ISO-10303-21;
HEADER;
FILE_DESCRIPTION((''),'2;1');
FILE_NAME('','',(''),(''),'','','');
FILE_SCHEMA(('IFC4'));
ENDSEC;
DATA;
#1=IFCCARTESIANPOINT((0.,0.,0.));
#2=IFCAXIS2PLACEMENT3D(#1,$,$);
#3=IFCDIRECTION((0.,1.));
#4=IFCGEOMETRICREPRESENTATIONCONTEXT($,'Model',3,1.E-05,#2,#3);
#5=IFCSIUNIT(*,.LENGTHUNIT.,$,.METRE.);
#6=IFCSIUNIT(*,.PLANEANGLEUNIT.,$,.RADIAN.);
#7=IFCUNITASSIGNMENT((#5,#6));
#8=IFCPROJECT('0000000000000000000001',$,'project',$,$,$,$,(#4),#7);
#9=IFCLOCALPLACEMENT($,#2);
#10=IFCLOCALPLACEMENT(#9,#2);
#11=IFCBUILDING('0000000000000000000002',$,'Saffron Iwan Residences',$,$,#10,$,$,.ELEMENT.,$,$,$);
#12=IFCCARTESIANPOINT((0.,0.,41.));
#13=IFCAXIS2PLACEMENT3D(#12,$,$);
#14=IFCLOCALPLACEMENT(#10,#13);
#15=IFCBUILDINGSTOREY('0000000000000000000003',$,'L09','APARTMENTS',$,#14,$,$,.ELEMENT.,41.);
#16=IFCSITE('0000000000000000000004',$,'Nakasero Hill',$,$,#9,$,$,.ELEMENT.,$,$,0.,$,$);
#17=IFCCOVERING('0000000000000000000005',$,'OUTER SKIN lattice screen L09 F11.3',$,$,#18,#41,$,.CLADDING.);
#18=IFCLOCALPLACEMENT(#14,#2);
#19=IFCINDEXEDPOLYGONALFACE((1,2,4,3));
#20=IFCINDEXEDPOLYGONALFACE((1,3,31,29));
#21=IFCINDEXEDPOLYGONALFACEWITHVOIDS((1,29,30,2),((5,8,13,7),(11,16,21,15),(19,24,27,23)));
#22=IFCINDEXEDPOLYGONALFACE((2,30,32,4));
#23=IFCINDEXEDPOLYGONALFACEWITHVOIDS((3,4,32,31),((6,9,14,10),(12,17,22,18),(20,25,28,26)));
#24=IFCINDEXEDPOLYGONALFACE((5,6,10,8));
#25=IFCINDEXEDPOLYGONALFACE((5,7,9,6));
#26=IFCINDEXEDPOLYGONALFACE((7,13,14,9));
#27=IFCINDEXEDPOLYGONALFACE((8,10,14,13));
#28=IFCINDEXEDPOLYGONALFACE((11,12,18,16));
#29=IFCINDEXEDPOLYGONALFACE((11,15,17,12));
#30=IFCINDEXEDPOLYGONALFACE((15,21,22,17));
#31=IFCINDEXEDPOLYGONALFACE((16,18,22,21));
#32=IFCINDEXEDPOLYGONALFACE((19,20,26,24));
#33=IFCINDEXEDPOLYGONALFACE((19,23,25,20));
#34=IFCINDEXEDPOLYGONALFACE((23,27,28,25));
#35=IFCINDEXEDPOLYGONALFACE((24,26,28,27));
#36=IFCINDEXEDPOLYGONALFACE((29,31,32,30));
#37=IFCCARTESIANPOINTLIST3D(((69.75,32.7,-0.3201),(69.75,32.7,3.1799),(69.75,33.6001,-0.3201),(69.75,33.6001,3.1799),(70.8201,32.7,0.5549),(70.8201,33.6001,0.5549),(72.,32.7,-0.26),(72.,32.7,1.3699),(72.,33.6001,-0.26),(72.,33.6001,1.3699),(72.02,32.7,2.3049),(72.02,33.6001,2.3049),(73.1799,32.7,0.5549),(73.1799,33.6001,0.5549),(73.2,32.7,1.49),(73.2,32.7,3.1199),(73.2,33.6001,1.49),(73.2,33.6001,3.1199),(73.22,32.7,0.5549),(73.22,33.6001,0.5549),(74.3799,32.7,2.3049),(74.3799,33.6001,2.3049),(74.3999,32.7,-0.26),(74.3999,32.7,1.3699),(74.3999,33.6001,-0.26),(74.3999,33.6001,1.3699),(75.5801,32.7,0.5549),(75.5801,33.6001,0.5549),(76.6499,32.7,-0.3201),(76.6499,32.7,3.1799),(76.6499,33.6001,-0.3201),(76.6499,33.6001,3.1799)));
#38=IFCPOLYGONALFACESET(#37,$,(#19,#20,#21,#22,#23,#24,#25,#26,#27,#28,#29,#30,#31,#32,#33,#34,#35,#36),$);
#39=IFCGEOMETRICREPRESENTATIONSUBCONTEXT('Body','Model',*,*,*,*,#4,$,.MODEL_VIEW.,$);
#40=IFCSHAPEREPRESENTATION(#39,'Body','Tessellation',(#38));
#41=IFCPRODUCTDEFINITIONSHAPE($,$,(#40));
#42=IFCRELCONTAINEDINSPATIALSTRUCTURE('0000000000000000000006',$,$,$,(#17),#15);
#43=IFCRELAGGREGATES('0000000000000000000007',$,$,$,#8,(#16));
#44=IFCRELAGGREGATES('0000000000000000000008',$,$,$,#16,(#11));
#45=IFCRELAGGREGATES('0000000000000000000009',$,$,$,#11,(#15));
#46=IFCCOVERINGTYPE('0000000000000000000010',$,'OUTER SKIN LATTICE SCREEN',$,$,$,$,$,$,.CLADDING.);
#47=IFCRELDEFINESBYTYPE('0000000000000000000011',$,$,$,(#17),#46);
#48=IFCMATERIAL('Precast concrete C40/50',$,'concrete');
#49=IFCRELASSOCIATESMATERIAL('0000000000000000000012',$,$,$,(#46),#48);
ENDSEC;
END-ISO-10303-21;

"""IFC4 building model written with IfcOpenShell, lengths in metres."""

from ifc_helpers import new_model, si_unit, direction, frame, origin, place, context, subcontext, project, spatial, polyline, outline, extrude, material, type_object, element, save


model = new_model("IFC4")

# Units and contexts
model_context = context("Model", 3, precision=1e-05, world=origin(), true_north=direction((0.0, 1.0)))
body_context = subcontext(model_context, "Body", "Model", "MODEL_VIEW")
ifc_project = project(units=[si_unit("LENGTHUNIT", "METRE"), si_unit("PLANEANGLEUNIT", "RADIAN")], contexts=[model_context])

# Site, building, storey
site_placement = place(None, origin())
site = spatial("IfcSite", under=ifc_project, at=site_placement, Name="Nakasero Hill", CompositionType="ELEMENT", RefElevation=0.0)
building_placement = place(site_placement, origin())
building = spatial("IfcBuilding", under=site, at=building_placement, Name="Saffron Iwan Residences", CompositionType="ELEMENT")
storey_placement = place(building_placement, frame((0.0, 0.0, 41.0)))
storey = spatial("IfcBuildingStorey", under=building, at=storey_placement, Name="L09", Description="APARTMENTS", CompositionType="ELEMENT", Elevation=41.0)

# Covering
ifc_material_1 = material(Name="Precast concrete C40/50", Category="concrete")
covering_type = type_object("IfcCoveringType", Name="OUTER SKIN LATTICE SCREEN", PredefinedType="CLADDING", material=ifc_material_1)
covering_placement = place(storey_placement, frame((69.75, 33.6001, -0.3201), z_axis=(0.0, -1.0, 0.0), x_axis=(1.0, 0.0, 0.0)))
element("IfcCovering", 1, at=covering_placement, inside=storey, type_object=covering_type, Name="OUTER SKIN lattice screen L09 F11.3", PredefinedType="CLADDING", context=body_context, shape_type="SweptSolid", body=[
    extrude(outline(polyline([(0.0, 0.0), (6.8999, 0.0), (6.8999, 3.5), (0.0, 3.5), (0.0, 0.0)]), holes=[polyline([(1.0701, 0.875), (2.25, 0.0601), (3.4299, 0.875), (2.25, 1.6899), (1.0701, 0.875)]), polyline([(3.47, 0.875), (4.6499, 0.0601), (5.8301, 0.875), (4.6499, 1.6899), (3.47, 0.875)]), polyline([(2.27, 2.625), (3.45, 1.8101), (4.6299, 2.625), (3.45, 3.4399), (2.27, 2.625)])]), origin(), (0.0, 0.0, 1.0), 0.9001),
])

save(model, "model.ifc")
